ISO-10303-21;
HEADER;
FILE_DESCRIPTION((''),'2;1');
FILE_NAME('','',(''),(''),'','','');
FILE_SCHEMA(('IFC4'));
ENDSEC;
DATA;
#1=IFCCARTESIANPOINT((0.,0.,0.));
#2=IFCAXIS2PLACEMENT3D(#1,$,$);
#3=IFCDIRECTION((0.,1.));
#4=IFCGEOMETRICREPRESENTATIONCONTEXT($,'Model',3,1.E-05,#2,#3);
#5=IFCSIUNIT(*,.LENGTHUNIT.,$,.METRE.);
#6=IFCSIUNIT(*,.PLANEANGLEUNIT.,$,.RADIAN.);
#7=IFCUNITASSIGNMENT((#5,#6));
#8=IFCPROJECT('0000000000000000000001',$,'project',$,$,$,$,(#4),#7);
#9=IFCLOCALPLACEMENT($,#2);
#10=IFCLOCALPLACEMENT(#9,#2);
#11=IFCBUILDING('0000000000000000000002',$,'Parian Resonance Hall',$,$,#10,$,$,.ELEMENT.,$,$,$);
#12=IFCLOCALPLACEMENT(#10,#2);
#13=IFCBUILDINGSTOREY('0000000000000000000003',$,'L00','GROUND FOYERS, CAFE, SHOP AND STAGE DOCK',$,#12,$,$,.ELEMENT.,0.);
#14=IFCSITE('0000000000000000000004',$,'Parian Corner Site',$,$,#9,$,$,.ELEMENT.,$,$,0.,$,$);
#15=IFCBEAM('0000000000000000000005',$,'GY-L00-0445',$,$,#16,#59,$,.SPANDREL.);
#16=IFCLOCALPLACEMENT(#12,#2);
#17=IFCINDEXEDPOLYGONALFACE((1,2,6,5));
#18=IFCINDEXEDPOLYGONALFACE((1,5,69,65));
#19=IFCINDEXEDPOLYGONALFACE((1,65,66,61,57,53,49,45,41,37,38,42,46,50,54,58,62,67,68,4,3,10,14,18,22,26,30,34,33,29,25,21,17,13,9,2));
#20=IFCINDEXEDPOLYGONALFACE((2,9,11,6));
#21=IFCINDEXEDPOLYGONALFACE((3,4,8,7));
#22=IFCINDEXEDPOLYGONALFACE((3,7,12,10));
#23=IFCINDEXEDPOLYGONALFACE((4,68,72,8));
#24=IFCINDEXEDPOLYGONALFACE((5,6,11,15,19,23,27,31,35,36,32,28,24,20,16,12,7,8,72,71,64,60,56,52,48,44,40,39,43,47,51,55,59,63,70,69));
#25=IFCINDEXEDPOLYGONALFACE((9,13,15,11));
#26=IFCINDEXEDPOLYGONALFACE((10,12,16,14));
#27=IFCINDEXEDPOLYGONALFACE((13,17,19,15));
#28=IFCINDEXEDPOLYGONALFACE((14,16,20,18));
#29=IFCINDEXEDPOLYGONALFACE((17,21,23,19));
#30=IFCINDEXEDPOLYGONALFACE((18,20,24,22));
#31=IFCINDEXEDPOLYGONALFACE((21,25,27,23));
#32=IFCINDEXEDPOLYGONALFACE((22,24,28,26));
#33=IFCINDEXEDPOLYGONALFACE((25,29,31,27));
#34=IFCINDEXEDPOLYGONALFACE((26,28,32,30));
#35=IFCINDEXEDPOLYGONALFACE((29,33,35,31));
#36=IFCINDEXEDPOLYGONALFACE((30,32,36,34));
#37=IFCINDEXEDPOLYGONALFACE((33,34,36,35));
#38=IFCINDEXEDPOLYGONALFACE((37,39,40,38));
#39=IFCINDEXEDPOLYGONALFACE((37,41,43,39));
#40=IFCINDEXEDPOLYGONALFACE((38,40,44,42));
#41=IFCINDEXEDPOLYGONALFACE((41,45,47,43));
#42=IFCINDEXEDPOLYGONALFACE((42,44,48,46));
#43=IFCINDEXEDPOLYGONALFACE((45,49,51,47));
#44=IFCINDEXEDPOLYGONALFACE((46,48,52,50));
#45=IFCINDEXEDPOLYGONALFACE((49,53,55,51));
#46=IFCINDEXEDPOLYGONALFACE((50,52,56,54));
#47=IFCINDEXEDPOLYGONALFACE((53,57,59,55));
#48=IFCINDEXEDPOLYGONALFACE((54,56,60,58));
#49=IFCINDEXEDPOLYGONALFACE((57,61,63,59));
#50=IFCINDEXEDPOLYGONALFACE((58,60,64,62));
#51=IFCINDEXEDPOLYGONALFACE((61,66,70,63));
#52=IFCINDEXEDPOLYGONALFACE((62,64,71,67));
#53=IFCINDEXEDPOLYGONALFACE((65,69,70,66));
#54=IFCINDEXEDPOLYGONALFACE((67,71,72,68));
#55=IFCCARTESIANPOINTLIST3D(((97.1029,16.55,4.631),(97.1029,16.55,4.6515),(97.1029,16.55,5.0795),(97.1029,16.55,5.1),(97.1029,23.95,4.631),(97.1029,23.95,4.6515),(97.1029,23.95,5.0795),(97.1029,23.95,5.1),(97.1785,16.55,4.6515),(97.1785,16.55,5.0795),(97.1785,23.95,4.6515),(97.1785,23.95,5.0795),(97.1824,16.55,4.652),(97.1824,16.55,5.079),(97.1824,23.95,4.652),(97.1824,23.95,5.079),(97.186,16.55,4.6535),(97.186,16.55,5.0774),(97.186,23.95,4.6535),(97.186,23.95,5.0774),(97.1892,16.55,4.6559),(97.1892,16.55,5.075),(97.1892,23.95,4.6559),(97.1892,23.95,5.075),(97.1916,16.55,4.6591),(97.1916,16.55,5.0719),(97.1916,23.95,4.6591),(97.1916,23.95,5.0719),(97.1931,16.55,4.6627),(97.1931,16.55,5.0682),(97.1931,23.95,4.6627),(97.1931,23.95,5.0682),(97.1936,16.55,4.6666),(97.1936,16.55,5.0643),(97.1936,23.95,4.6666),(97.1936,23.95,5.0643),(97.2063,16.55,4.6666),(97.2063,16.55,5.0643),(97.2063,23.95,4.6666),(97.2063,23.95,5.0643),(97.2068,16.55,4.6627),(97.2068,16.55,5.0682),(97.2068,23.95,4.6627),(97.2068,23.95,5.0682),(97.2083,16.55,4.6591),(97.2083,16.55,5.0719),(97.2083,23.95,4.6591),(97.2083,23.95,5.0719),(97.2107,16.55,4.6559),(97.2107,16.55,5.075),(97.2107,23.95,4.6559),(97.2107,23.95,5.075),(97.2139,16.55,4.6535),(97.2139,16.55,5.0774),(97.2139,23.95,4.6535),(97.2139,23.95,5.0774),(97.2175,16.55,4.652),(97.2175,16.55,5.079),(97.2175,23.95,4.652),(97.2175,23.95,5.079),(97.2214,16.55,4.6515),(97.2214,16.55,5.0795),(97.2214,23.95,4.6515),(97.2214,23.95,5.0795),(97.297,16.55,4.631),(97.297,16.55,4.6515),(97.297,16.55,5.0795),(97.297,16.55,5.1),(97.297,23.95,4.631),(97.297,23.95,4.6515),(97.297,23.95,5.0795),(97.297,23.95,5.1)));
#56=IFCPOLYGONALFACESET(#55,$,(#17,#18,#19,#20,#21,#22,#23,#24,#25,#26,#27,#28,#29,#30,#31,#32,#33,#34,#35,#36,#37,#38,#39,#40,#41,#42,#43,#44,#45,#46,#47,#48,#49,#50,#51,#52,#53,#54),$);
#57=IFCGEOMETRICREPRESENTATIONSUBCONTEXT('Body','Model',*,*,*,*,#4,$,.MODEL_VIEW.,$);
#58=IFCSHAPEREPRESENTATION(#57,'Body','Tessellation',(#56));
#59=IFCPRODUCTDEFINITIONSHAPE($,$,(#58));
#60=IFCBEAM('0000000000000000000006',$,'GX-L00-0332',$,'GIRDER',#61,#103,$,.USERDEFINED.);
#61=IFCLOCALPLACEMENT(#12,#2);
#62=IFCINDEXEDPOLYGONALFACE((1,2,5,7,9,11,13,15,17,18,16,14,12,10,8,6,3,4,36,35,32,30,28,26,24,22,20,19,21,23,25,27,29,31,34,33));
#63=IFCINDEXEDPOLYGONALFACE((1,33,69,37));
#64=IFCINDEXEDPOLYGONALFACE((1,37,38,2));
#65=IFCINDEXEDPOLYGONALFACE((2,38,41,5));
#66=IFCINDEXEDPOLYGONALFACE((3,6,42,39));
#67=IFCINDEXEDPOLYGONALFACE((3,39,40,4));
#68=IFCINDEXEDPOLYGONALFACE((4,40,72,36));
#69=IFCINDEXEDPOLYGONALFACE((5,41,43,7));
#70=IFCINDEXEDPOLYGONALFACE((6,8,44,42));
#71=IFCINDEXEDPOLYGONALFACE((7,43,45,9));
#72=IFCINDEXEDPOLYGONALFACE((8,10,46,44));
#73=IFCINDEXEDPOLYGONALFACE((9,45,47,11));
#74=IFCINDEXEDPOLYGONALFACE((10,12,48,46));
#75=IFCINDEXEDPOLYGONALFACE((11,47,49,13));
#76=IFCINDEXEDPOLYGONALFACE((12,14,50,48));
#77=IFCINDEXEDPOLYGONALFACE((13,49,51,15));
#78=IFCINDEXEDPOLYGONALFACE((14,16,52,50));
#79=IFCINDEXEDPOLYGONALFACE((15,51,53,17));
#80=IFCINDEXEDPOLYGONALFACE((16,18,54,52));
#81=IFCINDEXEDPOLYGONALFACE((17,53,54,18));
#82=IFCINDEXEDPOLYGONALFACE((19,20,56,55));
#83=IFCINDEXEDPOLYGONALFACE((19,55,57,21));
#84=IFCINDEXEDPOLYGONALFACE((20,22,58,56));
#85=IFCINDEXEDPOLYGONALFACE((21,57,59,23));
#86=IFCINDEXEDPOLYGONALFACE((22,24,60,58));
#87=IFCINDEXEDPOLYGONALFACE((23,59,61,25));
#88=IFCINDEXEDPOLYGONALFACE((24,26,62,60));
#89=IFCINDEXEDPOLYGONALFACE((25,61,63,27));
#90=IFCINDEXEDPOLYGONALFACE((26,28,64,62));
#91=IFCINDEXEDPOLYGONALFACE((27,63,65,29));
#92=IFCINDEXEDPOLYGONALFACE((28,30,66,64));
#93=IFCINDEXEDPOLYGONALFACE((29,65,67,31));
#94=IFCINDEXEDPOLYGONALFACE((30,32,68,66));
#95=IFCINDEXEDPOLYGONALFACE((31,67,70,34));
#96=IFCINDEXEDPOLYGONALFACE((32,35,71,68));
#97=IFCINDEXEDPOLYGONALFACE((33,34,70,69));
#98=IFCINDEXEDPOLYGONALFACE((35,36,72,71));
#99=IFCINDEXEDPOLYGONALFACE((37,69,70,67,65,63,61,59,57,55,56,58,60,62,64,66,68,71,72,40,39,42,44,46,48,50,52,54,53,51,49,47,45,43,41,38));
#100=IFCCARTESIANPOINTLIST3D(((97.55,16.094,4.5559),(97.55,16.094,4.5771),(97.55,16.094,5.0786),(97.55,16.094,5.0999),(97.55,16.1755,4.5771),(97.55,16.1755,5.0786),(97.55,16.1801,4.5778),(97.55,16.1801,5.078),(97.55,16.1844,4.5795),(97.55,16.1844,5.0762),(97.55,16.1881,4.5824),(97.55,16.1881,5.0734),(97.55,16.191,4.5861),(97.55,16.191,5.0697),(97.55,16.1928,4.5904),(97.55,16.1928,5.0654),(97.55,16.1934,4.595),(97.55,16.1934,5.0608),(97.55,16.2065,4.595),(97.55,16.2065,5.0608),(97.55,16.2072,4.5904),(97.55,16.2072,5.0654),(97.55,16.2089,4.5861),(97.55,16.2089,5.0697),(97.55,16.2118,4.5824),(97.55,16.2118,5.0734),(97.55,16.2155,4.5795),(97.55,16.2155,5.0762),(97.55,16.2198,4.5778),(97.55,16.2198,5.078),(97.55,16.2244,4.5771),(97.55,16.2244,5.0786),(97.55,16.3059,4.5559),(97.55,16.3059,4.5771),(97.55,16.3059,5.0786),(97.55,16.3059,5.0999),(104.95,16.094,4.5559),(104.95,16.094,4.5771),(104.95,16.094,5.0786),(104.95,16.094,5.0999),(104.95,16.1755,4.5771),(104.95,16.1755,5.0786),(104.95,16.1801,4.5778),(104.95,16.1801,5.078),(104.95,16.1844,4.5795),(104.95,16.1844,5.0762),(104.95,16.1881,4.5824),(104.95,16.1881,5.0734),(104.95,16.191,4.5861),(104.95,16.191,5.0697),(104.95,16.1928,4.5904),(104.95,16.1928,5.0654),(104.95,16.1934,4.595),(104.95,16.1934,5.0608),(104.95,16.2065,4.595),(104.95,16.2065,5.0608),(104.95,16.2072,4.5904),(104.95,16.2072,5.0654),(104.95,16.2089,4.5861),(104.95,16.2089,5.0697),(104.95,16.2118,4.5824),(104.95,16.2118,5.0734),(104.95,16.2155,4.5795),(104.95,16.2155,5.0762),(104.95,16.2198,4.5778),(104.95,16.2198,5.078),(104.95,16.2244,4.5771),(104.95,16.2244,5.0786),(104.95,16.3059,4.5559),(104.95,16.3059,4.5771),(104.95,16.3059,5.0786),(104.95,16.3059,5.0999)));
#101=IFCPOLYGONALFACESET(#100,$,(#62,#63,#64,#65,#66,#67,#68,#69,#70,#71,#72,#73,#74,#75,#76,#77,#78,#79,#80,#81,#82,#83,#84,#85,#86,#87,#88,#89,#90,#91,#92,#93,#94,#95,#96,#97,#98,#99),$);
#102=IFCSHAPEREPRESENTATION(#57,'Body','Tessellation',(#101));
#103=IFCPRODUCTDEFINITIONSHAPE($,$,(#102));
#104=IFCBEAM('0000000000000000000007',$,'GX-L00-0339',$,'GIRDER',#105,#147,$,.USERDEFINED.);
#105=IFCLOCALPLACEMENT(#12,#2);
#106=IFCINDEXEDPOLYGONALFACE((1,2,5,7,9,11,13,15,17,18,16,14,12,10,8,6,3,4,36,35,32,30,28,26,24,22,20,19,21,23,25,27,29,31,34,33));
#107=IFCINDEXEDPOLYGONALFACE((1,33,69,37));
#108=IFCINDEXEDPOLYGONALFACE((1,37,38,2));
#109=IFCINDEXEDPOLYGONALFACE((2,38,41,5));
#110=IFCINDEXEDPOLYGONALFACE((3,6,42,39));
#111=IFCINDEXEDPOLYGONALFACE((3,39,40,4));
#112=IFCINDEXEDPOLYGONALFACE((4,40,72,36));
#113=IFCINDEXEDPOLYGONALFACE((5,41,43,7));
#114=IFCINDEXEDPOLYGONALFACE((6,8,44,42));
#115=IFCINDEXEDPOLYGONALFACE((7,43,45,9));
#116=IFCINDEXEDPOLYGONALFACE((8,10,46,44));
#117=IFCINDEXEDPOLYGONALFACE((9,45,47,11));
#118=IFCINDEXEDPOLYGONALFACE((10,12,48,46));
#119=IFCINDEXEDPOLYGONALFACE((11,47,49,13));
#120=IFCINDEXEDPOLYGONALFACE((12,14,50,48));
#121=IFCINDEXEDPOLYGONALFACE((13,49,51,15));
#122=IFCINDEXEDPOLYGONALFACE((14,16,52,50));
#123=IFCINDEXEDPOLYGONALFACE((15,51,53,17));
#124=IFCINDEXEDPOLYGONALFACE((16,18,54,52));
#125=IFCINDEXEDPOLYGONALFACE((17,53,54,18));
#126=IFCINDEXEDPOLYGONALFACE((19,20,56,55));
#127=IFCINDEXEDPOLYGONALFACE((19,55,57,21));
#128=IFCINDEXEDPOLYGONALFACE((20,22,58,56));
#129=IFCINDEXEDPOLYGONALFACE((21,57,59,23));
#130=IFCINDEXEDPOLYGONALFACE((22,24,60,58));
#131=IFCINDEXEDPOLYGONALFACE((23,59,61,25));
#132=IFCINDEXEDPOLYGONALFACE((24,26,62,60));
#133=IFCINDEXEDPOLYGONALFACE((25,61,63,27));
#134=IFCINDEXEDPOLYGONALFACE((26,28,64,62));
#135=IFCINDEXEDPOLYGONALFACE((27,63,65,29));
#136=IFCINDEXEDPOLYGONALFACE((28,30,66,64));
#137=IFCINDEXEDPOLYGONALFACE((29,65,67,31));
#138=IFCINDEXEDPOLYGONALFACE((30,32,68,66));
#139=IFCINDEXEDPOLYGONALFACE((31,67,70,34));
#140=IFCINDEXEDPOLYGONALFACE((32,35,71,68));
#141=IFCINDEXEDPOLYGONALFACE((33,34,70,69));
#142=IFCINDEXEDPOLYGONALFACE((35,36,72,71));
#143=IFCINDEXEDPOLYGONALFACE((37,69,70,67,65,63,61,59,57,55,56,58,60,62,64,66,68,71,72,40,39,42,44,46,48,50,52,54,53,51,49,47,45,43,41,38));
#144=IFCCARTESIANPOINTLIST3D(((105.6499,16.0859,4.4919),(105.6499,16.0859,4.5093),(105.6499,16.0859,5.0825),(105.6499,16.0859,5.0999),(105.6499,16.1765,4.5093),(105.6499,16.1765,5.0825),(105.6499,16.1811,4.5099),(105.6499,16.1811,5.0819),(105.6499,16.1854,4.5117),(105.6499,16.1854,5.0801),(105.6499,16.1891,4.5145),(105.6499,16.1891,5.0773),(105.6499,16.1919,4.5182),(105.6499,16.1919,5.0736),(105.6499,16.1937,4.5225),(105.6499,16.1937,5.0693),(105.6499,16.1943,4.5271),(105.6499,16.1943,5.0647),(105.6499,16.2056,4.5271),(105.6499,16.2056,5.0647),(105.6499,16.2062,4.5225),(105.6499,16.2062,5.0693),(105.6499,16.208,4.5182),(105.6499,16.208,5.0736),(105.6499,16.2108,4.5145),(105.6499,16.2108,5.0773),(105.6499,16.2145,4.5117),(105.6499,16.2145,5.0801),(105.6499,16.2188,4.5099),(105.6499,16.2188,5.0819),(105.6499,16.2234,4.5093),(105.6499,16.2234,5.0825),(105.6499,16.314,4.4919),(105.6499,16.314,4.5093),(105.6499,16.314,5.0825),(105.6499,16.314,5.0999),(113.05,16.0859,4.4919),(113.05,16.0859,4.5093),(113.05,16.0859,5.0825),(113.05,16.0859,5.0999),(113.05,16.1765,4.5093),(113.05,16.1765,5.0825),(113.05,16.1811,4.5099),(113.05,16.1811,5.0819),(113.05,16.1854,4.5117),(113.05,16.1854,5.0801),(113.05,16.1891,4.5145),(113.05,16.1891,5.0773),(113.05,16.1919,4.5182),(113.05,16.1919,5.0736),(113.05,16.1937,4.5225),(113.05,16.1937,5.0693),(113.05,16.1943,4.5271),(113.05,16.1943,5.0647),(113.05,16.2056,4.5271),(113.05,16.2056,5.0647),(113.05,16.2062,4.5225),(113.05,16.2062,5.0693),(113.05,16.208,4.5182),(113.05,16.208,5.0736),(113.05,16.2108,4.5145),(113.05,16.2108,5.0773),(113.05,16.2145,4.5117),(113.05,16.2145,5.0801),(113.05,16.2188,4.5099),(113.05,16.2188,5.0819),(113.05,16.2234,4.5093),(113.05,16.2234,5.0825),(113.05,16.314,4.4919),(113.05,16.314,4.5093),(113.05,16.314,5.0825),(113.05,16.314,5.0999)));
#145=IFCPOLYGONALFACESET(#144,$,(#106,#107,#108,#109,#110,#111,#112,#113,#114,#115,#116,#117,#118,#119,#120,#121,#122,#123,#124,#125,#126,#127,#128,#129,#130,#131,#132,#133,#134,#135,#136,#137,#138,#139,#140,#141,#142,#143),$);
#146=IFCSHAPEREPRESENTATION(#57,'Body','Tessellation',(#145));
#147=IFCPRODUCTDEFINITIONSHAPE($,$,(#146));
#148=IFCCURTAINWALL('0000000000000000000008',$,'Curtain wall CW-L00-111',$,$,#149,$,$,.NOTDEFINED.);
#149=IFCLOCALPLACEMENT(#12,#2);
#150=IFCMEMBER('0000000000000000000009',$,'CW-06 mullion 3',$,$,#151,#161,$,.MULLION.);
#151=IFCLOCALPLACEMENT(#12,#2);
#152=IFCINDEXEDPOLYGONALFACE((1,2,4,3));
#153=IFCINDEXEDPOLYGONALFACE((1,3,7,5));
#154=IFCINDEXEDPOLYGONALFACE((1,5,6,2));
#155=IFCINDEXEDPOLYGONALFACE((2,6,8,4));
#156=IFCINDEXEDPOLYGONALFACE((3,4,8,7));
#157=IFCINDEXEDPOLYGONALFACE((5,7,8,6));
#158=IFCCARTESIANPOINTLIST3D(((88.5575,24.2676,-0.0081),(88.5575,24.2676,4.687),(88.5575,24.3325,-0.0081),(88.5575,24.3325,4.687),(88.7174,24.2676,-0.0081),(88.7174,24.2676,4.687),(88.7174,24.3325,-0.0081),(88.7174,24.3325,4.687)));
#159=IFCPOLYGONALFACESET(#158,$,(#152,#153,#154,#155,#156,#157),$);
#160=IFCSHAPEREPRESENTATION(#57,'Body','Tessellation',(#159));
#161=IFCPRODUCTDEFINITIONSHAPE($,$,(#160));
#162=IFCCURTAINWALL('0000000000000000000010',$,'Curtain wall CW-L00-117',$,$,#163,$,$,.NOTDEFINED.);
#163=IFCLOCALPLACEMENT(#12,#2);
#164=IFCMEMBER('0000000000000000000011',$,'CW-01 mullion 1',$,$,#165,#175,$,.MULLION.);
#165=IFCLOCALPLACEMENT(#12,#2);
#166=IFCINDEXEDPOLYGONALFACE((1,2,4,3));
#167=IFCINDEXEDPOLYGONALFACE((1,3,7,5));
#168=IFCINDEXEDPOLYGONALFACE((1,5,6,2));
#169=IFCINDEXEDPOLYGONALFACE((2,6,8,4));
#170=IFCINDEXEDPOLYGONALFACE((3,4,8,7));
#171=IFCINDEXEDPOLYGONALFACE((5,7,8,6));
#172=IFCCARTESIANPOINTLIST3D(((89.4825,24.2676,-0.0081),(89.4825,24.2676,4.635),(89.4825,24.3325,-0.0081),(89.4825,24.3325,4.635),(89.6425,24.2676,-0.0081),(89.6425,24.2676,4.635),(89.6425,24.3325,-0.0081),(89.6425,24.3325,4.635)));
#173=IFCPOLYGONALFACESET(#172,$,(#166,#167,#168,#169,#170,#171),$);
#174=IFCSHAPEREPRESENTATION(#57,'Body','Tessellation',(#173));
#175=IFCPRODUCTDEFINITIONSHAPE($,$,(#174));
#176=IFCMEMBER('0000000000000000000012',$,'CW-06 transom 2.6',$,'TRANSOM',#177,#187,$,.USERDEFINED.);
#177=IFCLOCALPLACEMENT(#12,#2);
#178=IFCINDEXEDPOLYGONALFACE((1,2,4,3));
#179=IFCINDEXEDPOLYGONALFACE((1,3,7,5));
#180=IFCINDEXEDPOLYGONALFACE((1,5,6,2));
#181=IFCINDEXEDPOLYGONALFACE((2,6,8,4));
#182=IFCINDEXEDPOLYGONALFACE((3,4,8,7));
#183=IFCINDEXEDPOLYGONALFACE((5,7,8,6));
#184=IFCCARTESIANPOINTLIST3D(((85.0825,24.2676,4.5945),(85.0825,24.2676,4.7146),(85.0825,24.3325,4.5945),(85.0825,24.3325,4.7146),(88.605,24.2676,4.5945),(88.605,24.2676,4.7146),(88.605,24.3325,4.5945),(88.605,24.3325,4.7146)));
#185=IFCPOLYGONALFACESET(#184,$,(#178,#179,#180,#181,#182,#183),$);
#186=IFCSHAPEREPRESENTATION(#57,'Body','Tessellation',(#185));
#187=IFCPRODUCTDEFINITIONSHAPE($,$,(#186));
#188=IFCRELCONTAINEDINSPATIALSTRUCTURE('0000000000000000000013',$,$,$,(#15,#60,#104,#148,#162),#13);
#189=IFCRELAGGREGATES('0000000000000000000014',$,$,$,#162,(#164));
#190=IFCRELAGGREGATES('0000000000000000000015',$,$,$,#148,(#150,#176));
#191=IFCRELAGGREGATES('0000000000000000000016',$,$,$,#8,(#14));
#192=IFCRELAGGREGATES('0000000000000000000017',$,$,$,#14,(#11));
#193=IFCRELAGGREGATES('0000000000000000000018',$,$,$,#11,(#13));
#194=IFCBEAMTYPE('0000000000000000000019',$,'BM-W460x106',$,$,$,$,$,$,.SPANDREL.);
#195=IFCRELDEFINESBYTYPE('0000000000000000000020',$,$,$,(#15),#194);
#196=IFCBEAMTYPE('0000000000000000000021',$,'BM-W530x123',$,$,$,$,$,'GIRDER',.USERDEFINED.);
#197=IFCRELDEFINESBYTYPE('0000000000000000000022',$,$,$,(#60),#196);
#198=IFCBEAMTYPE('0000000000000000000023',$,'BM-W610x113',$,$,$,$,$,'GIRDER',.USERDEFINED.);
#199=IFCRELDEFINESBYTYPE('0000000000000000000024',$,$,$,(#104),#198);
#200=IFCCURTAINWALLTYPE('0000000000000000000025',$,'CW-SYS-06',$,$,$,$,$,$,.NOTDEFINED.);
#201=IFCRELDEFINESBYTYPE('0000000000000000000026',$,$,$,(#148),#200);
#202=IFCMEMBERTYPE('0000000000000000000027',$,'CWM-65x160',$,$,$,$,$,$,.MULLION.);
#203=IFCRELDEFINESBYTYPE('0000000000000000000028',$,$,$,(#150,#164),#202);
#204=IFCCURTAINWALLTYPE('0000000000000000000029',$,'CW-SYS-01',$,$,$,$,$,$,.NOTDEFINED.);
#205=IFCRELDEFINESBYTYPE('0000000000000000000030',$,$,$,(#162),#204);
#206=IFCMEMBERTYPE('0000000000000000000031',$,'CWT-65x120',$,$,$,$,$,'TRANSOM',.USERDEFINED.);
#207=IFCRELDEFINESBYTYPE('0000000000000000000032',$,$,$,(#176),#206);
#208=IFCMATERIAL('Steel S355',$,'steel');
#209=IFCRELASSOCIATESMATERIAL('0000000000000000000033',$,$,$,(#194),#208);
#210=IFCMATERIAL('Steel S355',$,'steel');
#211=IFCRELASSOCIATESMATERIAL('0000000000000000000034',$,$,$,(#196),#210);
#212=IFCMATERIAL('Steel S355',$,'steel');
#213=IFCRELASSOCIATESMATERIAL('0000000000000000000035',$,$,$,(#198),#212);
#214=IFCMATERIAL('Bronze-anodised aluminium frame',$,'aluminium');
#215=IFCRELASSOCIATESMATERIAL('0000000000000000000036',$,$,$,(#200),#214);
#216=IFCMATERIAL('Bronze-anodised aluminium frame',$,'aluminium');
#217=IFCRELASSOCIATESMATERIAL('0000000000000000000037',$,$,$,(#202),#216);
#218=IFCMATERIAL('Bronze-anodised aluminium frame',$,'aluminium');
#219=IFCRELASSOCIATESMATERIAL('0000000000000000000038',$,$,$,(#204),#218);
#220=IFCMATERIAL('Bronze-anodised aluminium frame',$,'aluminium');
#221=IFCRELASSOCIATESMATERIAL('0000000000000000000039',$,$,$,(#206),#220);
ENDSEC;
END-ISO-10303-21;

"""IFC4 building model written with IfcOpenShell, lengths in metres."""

from ifc_helpers import new_model, si_unit, direction, frame, origin, origin_2d, place, context, subcontext, project, spatial, rectangle, i_section, extrude, material, material_profile, profile_set, type_object, element, aggregate, save


model = new_model("IFC4")

# Units and contexts
model_context = context("Model", 3, precision=1e-05, world=origin(), true_north=direction((0.0, 1.0)))
body_context = subcontext(model_context, "Body", "Model", "MODEL_VIEW")
ifc_project = project(units=[si_unit("LENGTHUNIT", "METRE"), si_unit("PLANEANGLEUNIT", "RADIAN")], contexts=[model_context])

# Site, building, storey
site_placement = place(None, origin())
site = spatial("IfcSite", under=ifc_project, at=site_placement, Name="Parian Corner Site", CompositionType="ELEMENT", RefElevation=0.0)
building_placement = place(site_placement, origin())
building = spatial("IfcBuilding", under=site, at=building_placement, Name="Parian Resonance Hall", CompositionType="ELEMENT")
storey_placement = place(building_placement, origin())
storey = spatial("IfcBuildingStorey", under=building, at=storey_placement, Name="L00", Description="GROUND FOYERS, CAFE, SHOP AND STAGE DOCK", CompositionType="ELEMENT", Elevation=0.0)

# Beams
ifc_material_1 = material(Name="Steel S355", Category="steel")
ifc_material_profile_1 = material_profile(ifc_material_1, i_section(OverallWidth=0.1941, OverallDepth=0.469, WebThickness=0.0127, FlangeThickness=0.0205, FilletRadius=0.0151, at=origin_2d()), Name="W460x106")
ifc_profile_set_1 = profile_set([ifc_material_profile_1], Name="Steel S355")
beam_type_1 = type_object("IfcBeamType", Name="BM-W460x106", PredefinedType="SPANDREL", material=ifc_profile_set_1)
beam_1_placement = place(storey_placement, frame((97.2, 16.55, 4.8655), z_axis=(0.0, 1.0, 0.0), x_axis=(-1.0, 0.0, 0.0)))
element("IfcBeam", 1, at=beam_1_placement, inside=storey, type_object=beam_type_1, Name="GY-L00-0445", PredefinedType="SPANDREL", context=body_context, shape_type="SweptSolid", body=[
    extrude(i_section(OverallWidth=0.1941, OverallDepth=0.469, WebThickness=0.0127, FlangeThickness=0.0205, FilletRadius=0.0151, at=origin_2d()), origin(), (0.0, 0.0, 1.0), 7.3999),
])
ifc_material_2 = material(Name="Steel S355", Category="steel")
ifc_material_profile_2 = material_profile(ifc_material_2, i_section(OverallWidth=0.2119, OverallDepth=0.5439, WebThickness=0.0132, FlangeThickness=0.0212, FilletRadius=0.0178, at=origin_2d()), Name="W530x123")
ifc_profile_set_2 = profile_set([ifc_material_profile_2], Name="Steel S355")
beam_type_2 = type_object("IfcBeamType", Name="BM-W530x123", ElementType="GIRDER", PredefinedType="USERDEFINED", material=ifc_profile_set_2)
beam_2_placement = place(storey_placement, frame((97.55, 16.2, 4.8279), z_axis=(1.0, 0.0, 0.0), x_axis=(0.0, 1.0, 0.0)))
element("IfcBeam", 2, at=beam_2_placement, inside=storey, type_object=beam_type_2, Name="GX-L00-0332", ObjectType="GIRDER", PredefinedType="USERDEFINED", context=body_context, shape_type="SweptSolid", body=[
    extrude(i_section(OverallWidth=0.2119, OverallDepth=0.5439, WebThickness=0.0132, FlangeThickness=0.0212, FilletRadius=0.0178, at=origin_2d()), origin(), (0.0, 0.0, 1.0), 7.3999),
])
ifc_material_3 = material(Name="Steel S355", Category="steel")
ifc_material_profile_3 = material_profile(ifc_material_3, i_section(OverallWidth=0.228, OverallDepth=0.6079, WebThickness=0.0112, FlangeThickness=0.0173, FilletRadius=0.0178, at=origin_2d()), Name="W610x113")
ifc_profile_set_3 = profile_set([ifc_material_profile_3], Name="Steel S355")
beam_type_3 = type_object("IfcBeamType", Name="BM-W610x113", ElementType="GIRDER", PredefinedType="USERDEFINED", material=ifc_profile_set_3)
beam_3_placement = place(storey_placement, frame((105.6499, 16.2, 4.7959), z_axis=(1.0, 0.0, 0.0), x_axis=(0.0, 1.0, 0.0)))
element("IfcBeam", 3, at=beam_3_placement, inside=storey, type_object=beam_type_3, Name="GX-L00-0339", ObjectType="GIRDER", PredefinedType="USERDEFINED", context=body_context, shape_type="SweptSolid", body=[
    extrude(i_section(OverallWidth=0.228, OverallDepth=0.6079, WebThickness=0.0112, FlangeThickness=0.0173, FilletRadius=0.0178, at=origin_2d()), origin(), (0.0, 0.0, 1.0), 7.4001),
])

# Curtain walls, members
ifc_material_4 = material(Name="Bronze-anodised aluminium frame", Category="aluminium")
curtain_wall_type_1 = type_object("IfcCurtainWallType", Name="CW-SYS-06", PredefinedType="NOTDEFINED", material=ifc_material_4)
curtain_wall_1_placement = place(storey_placement, origin())
curtain_wall_1 = element("IfcCurtainWall", 4, at=curtain_wall_1_placement, inside=storey, type_object=curtain_wall_type_1, Name="Curtain wall CW-L00-111", PredefinedType="NOTDEFINED")
ifc_material_5 = material(Name="Bronze-anodised aluminium frame", Category="aluminium")
ifc_material_profile_4 = material_profile(ifc_material_5, rectangle(XDim=0.0649, YDim=0.1599, at=origin_2d()), Name="CWM-65x160")
ifc_profile_set_4 = profile_set([ifc_material_profile_4], Name="Bronze-anodised aluminium frame")
member_type_1 = type_object("IfcMemberType", Name="CWM-65x160", PredefinedType="MULLION", material=ifc_profile_set_4)
member_1_placement = place(storey_placement, frame((88.6375, 24.3, -0.0081), z_axis=(0.0, 0.0, 1.0), x_axis=(0.0, 1.0, 0.0)))
member_1 = element("IfcMember", 5, at=member_1_placement, type_object=member_type_1, Name="CW-06 mullion 3", PredefinedType="MULLION", context=body_context, shape_type="SweptSolid", body=[
    extrude(rectangle(XDim=0.0649, YDim=0.1599, at=origin_2d()), origin(), (0.0, 0.0, 1.0), 4.6951),
])
ifc_material_6 = material(Name="Bronze-anodised aluminium frame", Category="aluminium")
curtain_wall_type_2 = type_object("IfcCurtainWallType", Name="CW-SYS-01", PredefinedType="NOTDEFINED", material=ifc_material_6)
curtain_wall_2_placement = place(storey_placement, origin())
curtain_wall_2 = element("IfcCurtainWall", 6, at=curtain_wall_2_placement, inside=storey, type_object=curtain_wall_type_2, Name="Curtain wall CW-L00-117", PredefinedType="NOTDEFINED")
member_2_placement = place(storey_placement, frame((89.5625, 24.3, -0.0081), z_axis=(0.0, 0.0, 1.0), x_axis=(0.0, 1.0, 0.0)))
member_2 = element("IfcMember", 7, at=member_2_placement, type_object=member_type_1, Name="CW-01 mullion 1", PredefinedType="MULLION", context=body_context, shape_type="SweptSolid", body=[
    extrude(rectangle(XDim=0.0649, YDim=0.1599, at=origin_2d()), origin(), (0.0, 0.0, 1.0), 4.6431),
])

# Member
ifc_material_7 = material(Name="Bronze-anodised aluminium frame", Category="aluminium")
ifc_material_profile_5 = material_profile(ifc_material_7, rectangle(XDim=0.0649, YDim=0.1201, at=origin_2d()), Name="CWT-65x120")
ifc_profile_set_5 = profile_set([ifc_material_profile_5], Name="Bronze-anodised aluminium frame")
member_type_2 = type_object("IfcMemberType", Name="CWT-65x120", ElementType="TRANSOM", PredefinedType="USERDEFINED", material=ifc_profile_set_5)
member_3_placement = place(storey_placement, frame((85.0825, 24.3, 4.6545), z_axis=(1.0, 0.0, 0.0), x_axis=(0.0, 1.0, 0.0)))
member_3 = element("IfcMember", 8, at=member_3_placement, type_object=member_type_2, Name="CW-06 transom 2.6", ObjectType="TRANSOM", PredefinedType="USERDEFINED", context=body_context, shape_type="SweptSolid", body=[
    extrude(rectangle(XDim=0.0649, YDim=0.1201, at=origin_2d()), origin(), (0.0, 0.0, 1.0), 3.5225),
])
aggregate(curtain_wall_2, [member_2])

aggregate(curtain_wall_1, [member_1, member_3])

save(model, "model.ifc")
